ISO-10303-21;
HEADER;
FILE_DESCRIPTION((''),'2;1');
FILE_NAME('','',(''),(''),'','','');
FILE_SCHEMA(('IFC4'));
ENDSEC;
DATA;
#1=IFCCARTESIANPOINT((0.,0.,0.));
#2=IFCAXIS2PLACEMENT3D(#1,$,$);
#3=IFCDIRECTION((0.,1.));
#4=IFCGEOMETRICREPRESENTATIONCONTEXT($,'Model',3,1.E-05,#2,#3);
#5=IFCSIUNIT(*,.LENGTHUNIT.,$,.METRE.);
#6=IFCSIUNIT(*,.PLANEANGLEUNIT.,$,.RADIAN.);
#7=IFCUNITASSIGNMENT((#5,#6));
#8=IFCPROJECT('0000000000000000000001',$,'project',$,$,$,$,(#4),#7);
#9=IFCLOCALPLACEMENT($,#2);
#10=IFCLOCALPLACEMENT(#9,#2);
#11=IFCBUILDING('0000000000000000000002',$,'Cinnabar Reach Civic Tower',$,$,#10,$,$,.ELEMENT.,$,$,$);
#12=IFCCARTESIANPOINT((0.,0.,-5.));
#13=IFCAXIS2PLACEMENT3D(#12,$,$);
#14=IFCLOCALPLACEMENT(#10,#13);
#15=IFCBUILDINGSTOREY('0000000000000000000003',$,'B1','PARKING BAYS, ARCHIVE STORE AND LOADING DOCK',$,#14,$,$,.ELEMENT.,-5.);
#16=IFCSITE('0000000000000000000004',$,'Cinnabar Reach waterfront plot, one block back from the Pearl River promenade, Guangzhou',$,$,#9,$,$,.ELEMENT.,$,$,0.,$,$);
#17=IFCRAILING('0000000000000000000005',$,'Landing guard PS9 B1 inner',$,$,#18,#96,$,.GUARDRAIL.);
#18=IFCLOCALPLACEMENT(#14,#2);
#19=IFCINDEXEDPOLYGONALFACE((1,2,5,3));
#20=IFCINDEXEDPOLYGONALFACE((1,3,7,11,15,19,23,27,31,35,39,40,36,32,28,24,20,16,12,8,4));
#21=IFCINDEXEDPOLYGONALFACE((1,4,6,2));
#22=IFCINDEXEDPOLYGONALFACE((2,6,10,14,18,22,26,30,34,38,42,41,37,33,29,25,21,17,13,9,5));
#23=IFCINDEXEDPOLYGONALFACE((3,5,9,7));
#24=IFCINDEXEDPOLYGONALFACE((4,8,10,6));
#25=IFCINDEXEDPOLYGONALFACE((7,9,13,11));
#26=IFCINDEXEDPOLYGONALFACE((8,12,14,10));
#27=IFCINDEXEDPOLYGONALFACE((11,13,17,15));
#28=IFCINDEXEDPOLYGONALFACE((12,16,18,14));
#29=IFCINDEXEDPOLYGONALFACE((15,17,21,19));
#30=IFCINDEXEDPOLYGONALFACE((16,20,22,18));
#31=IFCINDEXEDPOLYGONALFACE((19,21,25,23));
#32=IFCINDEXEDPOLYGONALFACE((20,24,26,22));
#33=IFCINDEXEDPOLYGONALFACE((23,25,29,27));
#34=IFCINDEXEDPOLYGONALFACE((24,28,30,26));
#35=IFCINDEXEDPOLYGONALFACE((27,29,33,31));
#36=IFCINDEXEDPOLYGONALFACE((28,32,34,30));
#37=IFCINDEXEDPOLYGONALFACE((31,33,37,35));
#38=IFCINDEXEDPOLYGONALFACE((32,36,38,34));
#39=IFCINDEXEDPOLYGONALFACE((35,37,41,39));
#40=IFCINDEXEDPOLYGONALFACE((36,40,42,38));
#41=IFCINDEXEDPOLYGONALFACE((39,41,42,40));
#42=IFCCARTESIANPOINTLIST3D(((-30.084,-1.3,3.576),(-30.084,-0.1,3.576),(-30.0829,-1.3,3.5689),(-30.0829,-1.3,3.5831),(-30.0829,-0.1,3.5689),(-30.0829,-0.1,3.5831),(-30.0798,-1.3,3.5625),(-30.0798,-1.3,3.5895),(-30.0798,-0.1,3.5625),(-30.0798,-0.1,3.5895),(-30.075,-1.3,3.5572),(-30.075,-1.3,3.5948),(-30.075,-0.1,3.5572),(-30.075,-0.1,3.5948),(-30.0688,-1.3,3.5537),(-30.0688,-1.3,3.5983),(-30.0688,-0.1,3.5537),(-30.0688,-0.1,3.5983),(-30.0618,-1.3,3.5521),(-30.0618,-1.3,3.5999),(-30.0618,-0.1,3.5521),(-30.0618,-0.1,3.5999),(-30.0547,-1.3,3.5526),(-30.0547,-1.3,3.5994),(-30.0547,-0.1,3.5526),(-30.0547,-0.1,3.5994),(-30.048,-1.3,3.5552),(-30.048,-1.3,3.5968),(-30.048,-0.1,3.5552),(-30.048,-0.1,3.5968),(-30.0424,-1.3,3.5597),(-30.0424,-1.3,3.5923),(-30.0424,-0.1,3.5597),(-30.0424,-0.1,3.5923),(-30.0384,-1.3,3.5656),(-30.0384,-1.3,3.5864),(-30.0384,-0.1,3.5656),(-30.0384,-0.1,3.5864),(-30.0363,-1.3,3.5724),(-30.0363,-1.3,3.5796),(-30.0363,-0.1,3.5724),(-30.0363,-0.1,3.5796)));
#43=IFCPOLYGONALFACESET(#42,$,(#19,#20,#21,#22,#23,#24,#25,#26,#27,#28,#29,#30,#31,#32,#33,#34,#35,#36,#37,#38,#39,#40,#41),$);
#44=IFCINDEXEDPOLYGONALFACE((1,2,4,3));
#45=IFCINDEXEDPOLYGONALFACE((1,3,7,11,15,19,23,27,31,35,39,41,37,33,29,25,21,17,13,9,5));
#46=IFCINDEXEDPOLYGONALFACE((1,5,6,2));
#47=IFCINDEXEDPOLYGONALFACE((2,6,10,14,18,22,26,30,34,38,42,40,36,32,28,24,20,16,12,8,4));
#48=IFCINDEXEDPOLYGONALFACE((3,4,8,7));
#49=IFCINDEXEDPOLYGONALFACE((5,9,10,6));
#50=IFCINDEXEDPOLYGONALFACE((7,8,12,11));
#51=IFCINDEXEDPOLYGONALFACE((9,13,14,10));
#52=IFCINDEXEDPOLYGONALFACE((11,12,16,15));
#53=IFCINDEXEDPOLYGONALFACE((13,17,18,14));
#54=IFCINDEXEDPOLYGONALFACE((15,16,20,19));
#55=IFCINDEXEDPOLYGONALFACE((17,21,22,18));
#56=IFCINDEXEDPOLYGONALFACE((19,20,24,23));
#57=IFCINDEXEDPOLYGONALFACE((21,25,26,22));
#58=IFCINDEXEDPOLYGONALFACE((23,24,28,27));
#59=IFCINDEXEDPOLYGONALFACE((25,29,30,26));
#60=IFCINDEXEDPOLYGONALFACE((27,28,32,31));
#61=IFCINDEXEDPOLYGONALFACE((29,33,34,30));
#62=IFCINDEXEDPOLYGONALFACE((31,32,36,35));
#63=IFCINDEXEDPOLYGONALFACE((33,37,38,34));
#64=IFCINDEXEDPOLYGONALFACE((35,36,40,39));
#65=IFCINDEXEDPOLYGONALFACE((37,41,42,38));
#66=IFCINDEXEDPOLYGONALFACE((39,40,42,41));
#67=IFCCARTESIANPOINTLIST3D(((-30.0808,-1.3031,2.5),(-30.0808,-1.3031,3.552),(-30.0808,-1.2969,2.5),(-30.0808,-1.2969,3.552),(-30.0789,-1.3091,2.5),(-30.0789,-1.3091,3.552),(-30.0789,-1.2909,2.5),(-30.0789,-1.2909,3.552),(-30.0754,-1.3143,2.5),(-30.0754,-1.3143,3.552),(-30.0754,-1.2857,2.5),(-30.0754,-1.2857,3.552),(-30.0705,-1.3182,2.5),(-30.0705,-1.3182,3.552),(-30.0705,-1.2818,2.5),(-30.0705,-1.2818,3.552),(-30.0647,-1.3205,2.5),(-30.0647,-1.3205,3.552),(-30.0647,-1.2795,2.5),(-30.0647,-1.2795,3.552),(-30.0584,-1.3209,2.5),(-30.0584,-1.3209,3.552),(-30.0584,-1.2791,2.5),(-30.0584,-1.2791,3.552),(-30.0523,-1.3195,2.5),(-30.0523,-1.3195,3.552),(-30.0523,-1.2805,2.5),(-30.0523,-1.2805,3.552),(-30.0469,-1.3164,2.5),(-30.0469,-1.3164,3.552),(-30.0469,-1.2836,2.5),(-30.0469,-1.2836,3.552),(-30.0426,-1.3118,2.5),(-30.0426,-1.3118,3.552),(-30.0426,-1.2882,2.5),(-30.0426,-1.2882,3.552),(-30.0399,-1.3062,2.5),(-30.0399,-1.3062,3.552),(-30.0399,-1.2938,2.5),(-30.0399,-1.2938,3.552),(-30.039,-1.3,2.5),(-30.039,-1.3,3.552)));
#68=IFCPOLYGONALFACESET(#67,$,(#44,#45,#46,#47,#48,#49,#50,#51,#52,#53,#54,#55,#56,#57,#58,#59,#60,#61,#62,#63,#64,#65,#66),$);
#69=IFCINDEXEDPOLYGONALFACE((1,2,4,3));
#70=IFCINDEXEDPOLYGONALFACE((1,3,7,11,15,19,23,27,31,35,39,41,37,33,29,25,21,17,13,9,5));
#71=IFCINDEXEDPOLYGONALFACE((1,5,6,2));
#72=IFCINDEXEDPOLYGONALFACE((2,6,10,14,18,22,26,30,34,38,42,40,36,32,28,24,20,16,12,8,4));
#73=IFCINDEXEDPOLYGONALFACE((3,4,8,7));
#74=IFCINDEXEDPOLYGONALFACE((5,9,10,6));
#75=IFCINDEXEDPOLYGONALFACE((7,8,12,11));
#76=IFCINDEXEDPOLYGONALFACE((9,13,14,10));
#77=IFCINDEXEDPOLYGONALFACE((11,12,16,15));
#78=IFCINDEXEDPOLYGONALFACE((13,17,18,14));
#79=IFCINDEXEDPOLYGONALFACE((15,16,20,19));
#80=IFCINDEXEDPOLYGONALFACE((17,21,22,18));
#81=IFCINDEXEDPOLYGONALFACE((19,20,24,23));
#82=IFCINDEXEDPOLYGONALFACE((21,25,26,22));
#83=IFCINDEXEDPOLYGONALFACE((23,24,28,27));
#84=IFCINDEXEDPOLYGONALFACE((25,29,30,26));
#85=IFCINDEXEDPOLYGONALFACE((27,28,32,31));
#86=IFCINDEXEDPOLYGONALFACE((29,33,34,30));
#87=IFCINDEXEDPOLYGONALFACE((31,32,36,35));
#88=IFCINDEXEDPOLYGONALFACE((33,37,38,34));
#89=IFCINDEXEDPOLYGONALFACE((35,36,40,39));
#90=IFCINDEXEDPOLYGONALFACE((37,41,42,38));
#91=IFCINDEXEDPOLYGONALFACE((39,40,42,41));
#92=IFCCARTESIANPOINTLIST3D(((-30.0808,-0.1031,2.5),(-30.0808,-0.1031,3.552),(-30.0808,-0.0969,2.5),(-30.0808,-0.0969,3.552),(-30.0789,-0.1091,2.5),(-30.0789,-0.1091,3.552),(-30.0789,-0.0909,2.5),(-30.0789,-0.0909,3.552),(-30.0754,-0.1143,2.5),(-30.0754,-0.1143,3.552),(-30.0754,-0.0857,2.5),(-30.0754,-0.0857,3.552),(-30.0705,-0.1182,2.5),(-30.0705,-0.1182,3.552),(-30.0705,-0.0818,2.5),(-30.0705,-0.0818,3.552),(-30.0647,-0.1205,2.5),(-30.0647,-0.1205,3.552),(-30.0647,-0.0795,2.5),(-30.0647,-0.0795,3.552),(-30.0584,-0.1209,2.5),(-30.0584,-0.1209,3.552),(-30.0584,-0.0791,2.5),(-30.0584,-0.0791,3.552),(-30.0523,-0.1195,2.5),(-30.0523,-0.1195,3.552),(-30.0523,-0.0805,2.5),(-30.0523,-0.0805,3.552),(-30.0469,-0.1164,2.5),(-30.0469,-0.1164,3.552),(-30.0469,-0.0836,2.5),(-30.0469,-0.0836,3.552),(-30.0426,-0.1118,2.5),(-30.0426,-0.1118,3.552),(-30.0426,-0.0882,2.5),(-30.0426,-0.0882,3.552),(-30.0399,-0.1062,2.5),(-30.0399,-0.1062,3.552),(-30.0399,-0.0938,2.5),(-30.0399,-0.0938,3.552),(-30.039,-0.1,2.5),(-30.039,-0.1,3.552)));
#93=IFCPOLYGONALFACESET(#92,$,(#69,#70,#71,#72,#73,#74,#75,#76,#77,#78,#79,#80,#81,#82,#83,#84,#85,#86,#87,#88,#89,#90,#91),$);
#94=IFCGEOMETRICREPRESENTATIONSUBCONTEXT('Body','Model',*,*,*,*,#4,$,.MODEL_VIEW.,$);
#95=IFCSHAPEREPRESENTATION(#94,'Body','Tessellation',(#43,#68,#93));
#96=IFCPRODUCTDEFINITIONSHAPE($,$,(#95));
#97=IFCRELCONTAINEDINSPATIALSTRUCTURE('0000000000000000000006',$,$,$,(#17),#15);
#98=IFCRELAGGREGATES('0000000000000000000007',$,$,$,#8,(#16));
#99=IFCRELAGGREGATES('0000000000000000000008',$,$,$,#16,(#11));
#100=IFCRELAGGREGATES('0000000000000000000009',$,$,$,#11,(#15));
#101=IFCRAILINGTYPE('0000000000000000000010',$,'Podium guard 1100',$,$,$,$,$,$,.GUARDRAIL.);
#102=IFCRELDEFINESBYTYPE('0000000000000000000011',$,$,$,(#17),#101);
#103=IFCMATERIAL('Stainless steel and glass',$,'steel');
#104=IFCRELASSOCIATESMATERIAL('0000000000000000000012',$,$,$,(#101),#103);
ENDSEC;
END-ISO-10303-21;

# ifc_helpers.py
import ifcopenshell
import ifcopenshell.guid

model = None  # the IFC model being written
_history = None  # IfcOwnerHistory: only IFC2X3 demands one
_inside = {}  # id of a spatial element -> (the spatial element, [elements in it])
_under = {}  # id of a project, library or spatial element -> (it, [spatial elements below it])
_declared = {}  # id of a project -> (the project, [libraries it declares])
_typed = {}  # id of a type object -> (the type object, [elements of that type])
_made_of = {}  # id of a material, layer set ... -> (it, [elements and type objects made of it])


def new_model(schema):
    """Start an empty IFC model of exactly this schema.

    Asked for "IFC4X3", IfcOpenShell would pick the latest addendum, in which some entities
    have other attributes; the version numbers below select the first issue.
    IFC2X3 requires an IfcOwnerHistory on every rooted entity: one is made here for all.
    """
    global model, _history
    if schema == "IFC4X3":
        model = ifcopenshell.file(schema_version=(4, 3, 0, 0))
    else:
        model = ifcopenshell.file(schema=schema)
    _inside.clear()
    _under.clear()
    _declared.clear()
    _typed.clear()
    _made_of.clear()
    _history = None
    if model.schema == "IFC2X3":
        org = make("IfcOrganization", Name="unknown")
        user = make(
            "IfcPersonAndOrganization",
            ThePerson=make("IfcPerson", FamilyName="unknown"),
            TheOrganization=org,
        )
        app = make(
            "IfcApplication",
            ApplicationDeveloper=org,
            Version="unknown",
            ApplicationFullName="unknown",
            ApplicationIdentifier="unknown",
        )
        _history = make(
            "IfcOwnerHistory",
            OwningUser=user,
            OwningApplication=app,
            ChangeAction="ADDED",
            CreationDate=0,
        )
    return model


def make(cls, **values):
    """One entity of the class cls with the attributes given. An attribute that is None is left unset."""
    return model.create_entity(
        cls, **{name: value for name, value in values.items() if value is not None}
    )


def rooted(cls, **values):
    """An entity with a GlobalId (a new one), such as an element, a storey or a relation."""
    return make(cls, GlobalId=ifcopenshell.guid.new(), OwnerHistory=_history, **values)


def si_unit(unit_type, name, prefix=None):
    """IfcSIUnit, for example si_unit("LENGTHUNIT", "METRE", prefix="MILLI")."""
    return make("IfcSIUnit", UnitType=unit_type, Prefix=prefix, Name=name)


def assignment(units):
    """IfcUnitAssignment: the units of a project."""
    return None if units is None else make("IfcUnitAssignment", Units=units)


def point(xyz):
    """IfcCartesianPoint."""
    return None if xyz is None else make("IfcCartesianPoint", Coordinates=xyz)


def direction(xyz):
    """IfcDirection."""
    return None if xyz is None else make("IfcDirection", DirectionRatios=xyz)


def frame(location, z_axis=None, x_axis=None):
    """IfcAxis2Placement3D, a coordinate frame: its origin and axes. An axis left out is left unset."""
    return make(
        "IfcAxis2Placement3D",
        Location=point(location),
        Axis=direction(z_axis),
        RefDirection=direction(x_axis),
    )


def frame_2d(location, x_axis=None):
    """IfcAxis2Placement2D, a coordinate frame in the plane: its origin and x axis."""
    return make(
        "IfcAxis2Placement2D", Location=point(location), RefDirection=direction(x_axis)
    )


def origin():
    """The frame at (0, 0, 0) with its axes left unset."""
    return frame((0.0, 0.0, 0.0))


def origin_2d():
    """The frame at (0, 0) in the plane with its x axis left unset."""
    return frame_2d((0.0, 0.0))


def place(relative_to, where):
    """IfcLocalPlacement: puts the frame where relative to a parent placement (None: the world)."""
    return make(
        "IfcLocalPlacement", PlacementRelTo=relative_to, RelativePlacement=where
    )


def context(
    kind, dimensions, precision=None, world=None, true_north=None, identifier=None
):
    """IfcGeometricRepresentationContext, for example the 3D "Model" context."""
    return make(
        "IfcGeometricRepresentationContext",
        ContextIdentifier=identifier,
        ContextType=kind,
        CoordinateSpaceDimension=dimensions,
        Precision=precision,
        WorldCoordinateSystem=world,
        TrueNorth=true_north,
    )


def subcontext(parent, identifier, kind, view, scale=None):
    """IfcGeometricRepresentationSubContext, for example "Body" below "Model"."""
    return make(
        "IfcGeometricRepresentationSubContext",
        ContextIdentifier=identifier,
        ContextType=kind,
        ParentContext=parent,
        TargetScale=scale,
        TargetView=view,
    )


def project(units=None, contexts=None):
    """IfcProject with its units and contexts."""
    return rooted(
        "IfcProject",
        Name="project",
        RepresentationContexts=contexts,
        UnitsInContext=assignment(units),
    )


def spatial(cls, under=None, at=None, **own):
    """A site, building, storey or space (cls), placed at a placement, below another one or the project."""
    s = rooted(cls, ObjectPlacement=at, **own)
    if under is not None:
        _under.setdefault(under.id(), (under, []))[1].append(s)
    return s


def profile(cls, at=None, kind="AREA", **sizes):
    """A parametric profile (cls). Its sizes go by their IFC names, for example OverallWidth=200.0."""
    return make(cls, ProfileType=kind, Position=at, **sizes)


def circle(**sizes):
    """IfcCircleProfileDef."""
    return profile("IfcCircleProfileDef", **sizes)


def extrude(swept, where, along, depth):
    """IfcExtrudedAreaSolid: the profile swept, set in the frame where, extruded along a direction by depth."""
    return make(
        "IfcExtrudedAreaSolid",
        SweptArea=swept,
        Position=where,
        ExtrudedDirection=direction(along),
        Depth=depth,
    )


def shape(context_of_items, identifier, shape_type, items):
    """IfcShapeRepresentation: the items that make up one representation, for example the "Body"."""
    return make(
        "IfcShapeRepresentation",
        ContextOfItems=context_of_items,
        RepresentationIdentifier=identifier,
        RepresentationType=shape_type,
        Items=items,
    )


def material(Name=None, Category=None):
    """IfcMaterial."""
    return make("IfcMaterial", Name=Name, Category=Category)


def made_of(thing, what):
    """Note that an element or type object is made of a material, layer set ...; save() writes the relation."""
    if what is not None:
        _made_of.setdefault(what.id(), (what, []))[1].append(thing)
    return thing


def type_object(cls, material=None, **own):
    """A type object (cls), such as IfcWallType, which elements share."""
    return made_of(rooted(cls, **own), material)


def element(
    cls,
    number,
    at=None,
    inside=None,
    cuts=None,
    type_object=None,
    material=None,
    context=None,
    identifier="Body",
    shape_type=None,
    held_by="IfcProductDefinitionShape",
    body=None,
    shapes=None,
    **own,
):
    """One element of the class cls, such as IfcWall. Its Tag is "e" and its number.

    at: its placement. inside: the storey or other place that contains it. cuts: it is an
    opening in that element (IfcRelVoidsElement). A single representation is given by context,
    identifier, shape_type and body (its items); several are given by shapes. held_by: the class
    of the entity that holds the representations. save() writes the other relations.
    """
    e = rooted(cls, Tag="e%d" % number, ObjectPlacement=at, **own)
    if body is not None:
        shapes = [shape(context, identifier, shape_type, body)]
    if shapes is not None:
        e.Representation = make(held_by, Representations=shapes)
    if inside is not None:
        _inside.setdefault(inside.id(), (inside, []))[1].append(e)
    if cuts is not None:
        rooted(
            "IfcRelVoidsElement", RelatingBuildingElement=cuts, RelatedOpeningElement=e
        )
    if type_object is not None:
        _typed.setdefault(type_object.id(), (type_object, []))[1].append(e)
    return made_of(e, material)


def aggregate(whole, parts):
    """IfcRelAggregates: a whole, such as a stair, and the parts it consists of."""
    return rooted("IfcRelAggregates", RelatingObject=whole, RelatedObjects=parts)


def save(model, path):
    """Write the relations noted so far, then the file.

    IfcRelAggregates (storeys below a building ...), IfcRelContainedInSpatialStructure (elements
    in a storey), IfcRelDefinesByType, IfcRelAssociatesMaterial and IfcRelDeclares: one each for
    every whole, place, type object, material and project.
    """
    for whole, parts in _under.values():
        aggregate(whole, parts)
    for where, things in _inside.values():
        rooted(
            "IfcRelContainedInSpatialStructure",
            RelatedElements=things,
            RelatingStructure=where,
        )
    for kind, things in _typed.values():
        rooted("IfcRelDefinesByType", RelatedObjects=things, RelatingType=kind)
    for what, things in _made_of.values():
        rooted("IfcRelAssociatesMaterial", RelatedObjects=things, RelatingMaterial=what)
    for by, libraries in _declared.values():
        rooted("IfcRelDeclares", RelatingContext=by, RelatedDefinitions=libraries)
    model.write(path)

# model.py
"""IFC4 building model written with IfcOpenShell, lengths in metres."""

from ifc_helpers import new_model, si_unit, direction, frame, origin, origin_2d, place, context, subcontext, project, spatial, circle, extrude, material, type_object, element, save


model = new_model("IFC4")

# Units and contexts
model_context = context("Model", 3, precision=1e-05, world=origin(), true_north=direction((0.0, 1.0)))
body_context = subcontext(model_context, "Body", "Model", "MODEL_VIEW")
ifc_project = project(units=[si_unit("LENGTHUNIT", "METRE"), si_unit("PLANEANGLEUNIT", "RADIAN")], contexts=[model_context])

# Site, building, storey
site_placement = place(None, origin())
site = spatial("IfcSite", under=ifc_project, at=site_placement, Name="Cinnabar Reach waterfront plot, one block back from the Pearl River promenade, Guangzhou", CompositionType="ELEMENT", RefElevation=0.0)
building_placement = place(site_placement, origin())
building = spatial("IfcBuilding", under=site, at=building_placement, Name="Cinnabar Reach Civic Tower", CompositionType="ELEMENT")
storey_placement = place(building_placement, frame((0.0, 0.0, -5.0)))
storey = spatial("IfcBuildingStorey", under=building, at=storey_placement, Name="B1", Description="PARKING BAYS, ARCHIVE STORE AND LOADING DOCK", CompositionType="ELEMENT", Elevation=-5.0)

# Railing
ifc_material_1 = material(Name="Stainless steel and glass", Category="steel")
railing_type_1 = type_object("IfcRailingType", Name="Podium guard 1100", PredefinedType="GUARDRAIL", material=ifc_material_1)
railing_1_placement = place(storey_placement, frame((-30.06, -1.3, 2.5)))
element("IfcRailing", 1, at=railing_1_placement, inside=storey, type_object=railing_type_1, Name="Landing guard PS9 B1 inner", PredefinedType="GUARDRAIL", context=body_context, shape_type="SweptSolid", body=[
    extrude(circle(Radius=0.024, at=origin_2d()), frame((0.0, 0.0, 1.076), z_axis=(0.0, 1.0, 0.0), x_axis=(-1.0, 0.0, 0.0)), (0.0, 0.0, 1.0), 1.2),
    extrude(circle(Radius=0.021, at=origin_2d()), origin(), (0.0, 0.0, 1.0), 1.052),
    extrude(circle(Radius=0.021, at=origin_2d()), frame((0.0, 1.2, 0.0)), (0.0, 0.0, 1.0), 1.052),
])

save(model, "model.ifc")
